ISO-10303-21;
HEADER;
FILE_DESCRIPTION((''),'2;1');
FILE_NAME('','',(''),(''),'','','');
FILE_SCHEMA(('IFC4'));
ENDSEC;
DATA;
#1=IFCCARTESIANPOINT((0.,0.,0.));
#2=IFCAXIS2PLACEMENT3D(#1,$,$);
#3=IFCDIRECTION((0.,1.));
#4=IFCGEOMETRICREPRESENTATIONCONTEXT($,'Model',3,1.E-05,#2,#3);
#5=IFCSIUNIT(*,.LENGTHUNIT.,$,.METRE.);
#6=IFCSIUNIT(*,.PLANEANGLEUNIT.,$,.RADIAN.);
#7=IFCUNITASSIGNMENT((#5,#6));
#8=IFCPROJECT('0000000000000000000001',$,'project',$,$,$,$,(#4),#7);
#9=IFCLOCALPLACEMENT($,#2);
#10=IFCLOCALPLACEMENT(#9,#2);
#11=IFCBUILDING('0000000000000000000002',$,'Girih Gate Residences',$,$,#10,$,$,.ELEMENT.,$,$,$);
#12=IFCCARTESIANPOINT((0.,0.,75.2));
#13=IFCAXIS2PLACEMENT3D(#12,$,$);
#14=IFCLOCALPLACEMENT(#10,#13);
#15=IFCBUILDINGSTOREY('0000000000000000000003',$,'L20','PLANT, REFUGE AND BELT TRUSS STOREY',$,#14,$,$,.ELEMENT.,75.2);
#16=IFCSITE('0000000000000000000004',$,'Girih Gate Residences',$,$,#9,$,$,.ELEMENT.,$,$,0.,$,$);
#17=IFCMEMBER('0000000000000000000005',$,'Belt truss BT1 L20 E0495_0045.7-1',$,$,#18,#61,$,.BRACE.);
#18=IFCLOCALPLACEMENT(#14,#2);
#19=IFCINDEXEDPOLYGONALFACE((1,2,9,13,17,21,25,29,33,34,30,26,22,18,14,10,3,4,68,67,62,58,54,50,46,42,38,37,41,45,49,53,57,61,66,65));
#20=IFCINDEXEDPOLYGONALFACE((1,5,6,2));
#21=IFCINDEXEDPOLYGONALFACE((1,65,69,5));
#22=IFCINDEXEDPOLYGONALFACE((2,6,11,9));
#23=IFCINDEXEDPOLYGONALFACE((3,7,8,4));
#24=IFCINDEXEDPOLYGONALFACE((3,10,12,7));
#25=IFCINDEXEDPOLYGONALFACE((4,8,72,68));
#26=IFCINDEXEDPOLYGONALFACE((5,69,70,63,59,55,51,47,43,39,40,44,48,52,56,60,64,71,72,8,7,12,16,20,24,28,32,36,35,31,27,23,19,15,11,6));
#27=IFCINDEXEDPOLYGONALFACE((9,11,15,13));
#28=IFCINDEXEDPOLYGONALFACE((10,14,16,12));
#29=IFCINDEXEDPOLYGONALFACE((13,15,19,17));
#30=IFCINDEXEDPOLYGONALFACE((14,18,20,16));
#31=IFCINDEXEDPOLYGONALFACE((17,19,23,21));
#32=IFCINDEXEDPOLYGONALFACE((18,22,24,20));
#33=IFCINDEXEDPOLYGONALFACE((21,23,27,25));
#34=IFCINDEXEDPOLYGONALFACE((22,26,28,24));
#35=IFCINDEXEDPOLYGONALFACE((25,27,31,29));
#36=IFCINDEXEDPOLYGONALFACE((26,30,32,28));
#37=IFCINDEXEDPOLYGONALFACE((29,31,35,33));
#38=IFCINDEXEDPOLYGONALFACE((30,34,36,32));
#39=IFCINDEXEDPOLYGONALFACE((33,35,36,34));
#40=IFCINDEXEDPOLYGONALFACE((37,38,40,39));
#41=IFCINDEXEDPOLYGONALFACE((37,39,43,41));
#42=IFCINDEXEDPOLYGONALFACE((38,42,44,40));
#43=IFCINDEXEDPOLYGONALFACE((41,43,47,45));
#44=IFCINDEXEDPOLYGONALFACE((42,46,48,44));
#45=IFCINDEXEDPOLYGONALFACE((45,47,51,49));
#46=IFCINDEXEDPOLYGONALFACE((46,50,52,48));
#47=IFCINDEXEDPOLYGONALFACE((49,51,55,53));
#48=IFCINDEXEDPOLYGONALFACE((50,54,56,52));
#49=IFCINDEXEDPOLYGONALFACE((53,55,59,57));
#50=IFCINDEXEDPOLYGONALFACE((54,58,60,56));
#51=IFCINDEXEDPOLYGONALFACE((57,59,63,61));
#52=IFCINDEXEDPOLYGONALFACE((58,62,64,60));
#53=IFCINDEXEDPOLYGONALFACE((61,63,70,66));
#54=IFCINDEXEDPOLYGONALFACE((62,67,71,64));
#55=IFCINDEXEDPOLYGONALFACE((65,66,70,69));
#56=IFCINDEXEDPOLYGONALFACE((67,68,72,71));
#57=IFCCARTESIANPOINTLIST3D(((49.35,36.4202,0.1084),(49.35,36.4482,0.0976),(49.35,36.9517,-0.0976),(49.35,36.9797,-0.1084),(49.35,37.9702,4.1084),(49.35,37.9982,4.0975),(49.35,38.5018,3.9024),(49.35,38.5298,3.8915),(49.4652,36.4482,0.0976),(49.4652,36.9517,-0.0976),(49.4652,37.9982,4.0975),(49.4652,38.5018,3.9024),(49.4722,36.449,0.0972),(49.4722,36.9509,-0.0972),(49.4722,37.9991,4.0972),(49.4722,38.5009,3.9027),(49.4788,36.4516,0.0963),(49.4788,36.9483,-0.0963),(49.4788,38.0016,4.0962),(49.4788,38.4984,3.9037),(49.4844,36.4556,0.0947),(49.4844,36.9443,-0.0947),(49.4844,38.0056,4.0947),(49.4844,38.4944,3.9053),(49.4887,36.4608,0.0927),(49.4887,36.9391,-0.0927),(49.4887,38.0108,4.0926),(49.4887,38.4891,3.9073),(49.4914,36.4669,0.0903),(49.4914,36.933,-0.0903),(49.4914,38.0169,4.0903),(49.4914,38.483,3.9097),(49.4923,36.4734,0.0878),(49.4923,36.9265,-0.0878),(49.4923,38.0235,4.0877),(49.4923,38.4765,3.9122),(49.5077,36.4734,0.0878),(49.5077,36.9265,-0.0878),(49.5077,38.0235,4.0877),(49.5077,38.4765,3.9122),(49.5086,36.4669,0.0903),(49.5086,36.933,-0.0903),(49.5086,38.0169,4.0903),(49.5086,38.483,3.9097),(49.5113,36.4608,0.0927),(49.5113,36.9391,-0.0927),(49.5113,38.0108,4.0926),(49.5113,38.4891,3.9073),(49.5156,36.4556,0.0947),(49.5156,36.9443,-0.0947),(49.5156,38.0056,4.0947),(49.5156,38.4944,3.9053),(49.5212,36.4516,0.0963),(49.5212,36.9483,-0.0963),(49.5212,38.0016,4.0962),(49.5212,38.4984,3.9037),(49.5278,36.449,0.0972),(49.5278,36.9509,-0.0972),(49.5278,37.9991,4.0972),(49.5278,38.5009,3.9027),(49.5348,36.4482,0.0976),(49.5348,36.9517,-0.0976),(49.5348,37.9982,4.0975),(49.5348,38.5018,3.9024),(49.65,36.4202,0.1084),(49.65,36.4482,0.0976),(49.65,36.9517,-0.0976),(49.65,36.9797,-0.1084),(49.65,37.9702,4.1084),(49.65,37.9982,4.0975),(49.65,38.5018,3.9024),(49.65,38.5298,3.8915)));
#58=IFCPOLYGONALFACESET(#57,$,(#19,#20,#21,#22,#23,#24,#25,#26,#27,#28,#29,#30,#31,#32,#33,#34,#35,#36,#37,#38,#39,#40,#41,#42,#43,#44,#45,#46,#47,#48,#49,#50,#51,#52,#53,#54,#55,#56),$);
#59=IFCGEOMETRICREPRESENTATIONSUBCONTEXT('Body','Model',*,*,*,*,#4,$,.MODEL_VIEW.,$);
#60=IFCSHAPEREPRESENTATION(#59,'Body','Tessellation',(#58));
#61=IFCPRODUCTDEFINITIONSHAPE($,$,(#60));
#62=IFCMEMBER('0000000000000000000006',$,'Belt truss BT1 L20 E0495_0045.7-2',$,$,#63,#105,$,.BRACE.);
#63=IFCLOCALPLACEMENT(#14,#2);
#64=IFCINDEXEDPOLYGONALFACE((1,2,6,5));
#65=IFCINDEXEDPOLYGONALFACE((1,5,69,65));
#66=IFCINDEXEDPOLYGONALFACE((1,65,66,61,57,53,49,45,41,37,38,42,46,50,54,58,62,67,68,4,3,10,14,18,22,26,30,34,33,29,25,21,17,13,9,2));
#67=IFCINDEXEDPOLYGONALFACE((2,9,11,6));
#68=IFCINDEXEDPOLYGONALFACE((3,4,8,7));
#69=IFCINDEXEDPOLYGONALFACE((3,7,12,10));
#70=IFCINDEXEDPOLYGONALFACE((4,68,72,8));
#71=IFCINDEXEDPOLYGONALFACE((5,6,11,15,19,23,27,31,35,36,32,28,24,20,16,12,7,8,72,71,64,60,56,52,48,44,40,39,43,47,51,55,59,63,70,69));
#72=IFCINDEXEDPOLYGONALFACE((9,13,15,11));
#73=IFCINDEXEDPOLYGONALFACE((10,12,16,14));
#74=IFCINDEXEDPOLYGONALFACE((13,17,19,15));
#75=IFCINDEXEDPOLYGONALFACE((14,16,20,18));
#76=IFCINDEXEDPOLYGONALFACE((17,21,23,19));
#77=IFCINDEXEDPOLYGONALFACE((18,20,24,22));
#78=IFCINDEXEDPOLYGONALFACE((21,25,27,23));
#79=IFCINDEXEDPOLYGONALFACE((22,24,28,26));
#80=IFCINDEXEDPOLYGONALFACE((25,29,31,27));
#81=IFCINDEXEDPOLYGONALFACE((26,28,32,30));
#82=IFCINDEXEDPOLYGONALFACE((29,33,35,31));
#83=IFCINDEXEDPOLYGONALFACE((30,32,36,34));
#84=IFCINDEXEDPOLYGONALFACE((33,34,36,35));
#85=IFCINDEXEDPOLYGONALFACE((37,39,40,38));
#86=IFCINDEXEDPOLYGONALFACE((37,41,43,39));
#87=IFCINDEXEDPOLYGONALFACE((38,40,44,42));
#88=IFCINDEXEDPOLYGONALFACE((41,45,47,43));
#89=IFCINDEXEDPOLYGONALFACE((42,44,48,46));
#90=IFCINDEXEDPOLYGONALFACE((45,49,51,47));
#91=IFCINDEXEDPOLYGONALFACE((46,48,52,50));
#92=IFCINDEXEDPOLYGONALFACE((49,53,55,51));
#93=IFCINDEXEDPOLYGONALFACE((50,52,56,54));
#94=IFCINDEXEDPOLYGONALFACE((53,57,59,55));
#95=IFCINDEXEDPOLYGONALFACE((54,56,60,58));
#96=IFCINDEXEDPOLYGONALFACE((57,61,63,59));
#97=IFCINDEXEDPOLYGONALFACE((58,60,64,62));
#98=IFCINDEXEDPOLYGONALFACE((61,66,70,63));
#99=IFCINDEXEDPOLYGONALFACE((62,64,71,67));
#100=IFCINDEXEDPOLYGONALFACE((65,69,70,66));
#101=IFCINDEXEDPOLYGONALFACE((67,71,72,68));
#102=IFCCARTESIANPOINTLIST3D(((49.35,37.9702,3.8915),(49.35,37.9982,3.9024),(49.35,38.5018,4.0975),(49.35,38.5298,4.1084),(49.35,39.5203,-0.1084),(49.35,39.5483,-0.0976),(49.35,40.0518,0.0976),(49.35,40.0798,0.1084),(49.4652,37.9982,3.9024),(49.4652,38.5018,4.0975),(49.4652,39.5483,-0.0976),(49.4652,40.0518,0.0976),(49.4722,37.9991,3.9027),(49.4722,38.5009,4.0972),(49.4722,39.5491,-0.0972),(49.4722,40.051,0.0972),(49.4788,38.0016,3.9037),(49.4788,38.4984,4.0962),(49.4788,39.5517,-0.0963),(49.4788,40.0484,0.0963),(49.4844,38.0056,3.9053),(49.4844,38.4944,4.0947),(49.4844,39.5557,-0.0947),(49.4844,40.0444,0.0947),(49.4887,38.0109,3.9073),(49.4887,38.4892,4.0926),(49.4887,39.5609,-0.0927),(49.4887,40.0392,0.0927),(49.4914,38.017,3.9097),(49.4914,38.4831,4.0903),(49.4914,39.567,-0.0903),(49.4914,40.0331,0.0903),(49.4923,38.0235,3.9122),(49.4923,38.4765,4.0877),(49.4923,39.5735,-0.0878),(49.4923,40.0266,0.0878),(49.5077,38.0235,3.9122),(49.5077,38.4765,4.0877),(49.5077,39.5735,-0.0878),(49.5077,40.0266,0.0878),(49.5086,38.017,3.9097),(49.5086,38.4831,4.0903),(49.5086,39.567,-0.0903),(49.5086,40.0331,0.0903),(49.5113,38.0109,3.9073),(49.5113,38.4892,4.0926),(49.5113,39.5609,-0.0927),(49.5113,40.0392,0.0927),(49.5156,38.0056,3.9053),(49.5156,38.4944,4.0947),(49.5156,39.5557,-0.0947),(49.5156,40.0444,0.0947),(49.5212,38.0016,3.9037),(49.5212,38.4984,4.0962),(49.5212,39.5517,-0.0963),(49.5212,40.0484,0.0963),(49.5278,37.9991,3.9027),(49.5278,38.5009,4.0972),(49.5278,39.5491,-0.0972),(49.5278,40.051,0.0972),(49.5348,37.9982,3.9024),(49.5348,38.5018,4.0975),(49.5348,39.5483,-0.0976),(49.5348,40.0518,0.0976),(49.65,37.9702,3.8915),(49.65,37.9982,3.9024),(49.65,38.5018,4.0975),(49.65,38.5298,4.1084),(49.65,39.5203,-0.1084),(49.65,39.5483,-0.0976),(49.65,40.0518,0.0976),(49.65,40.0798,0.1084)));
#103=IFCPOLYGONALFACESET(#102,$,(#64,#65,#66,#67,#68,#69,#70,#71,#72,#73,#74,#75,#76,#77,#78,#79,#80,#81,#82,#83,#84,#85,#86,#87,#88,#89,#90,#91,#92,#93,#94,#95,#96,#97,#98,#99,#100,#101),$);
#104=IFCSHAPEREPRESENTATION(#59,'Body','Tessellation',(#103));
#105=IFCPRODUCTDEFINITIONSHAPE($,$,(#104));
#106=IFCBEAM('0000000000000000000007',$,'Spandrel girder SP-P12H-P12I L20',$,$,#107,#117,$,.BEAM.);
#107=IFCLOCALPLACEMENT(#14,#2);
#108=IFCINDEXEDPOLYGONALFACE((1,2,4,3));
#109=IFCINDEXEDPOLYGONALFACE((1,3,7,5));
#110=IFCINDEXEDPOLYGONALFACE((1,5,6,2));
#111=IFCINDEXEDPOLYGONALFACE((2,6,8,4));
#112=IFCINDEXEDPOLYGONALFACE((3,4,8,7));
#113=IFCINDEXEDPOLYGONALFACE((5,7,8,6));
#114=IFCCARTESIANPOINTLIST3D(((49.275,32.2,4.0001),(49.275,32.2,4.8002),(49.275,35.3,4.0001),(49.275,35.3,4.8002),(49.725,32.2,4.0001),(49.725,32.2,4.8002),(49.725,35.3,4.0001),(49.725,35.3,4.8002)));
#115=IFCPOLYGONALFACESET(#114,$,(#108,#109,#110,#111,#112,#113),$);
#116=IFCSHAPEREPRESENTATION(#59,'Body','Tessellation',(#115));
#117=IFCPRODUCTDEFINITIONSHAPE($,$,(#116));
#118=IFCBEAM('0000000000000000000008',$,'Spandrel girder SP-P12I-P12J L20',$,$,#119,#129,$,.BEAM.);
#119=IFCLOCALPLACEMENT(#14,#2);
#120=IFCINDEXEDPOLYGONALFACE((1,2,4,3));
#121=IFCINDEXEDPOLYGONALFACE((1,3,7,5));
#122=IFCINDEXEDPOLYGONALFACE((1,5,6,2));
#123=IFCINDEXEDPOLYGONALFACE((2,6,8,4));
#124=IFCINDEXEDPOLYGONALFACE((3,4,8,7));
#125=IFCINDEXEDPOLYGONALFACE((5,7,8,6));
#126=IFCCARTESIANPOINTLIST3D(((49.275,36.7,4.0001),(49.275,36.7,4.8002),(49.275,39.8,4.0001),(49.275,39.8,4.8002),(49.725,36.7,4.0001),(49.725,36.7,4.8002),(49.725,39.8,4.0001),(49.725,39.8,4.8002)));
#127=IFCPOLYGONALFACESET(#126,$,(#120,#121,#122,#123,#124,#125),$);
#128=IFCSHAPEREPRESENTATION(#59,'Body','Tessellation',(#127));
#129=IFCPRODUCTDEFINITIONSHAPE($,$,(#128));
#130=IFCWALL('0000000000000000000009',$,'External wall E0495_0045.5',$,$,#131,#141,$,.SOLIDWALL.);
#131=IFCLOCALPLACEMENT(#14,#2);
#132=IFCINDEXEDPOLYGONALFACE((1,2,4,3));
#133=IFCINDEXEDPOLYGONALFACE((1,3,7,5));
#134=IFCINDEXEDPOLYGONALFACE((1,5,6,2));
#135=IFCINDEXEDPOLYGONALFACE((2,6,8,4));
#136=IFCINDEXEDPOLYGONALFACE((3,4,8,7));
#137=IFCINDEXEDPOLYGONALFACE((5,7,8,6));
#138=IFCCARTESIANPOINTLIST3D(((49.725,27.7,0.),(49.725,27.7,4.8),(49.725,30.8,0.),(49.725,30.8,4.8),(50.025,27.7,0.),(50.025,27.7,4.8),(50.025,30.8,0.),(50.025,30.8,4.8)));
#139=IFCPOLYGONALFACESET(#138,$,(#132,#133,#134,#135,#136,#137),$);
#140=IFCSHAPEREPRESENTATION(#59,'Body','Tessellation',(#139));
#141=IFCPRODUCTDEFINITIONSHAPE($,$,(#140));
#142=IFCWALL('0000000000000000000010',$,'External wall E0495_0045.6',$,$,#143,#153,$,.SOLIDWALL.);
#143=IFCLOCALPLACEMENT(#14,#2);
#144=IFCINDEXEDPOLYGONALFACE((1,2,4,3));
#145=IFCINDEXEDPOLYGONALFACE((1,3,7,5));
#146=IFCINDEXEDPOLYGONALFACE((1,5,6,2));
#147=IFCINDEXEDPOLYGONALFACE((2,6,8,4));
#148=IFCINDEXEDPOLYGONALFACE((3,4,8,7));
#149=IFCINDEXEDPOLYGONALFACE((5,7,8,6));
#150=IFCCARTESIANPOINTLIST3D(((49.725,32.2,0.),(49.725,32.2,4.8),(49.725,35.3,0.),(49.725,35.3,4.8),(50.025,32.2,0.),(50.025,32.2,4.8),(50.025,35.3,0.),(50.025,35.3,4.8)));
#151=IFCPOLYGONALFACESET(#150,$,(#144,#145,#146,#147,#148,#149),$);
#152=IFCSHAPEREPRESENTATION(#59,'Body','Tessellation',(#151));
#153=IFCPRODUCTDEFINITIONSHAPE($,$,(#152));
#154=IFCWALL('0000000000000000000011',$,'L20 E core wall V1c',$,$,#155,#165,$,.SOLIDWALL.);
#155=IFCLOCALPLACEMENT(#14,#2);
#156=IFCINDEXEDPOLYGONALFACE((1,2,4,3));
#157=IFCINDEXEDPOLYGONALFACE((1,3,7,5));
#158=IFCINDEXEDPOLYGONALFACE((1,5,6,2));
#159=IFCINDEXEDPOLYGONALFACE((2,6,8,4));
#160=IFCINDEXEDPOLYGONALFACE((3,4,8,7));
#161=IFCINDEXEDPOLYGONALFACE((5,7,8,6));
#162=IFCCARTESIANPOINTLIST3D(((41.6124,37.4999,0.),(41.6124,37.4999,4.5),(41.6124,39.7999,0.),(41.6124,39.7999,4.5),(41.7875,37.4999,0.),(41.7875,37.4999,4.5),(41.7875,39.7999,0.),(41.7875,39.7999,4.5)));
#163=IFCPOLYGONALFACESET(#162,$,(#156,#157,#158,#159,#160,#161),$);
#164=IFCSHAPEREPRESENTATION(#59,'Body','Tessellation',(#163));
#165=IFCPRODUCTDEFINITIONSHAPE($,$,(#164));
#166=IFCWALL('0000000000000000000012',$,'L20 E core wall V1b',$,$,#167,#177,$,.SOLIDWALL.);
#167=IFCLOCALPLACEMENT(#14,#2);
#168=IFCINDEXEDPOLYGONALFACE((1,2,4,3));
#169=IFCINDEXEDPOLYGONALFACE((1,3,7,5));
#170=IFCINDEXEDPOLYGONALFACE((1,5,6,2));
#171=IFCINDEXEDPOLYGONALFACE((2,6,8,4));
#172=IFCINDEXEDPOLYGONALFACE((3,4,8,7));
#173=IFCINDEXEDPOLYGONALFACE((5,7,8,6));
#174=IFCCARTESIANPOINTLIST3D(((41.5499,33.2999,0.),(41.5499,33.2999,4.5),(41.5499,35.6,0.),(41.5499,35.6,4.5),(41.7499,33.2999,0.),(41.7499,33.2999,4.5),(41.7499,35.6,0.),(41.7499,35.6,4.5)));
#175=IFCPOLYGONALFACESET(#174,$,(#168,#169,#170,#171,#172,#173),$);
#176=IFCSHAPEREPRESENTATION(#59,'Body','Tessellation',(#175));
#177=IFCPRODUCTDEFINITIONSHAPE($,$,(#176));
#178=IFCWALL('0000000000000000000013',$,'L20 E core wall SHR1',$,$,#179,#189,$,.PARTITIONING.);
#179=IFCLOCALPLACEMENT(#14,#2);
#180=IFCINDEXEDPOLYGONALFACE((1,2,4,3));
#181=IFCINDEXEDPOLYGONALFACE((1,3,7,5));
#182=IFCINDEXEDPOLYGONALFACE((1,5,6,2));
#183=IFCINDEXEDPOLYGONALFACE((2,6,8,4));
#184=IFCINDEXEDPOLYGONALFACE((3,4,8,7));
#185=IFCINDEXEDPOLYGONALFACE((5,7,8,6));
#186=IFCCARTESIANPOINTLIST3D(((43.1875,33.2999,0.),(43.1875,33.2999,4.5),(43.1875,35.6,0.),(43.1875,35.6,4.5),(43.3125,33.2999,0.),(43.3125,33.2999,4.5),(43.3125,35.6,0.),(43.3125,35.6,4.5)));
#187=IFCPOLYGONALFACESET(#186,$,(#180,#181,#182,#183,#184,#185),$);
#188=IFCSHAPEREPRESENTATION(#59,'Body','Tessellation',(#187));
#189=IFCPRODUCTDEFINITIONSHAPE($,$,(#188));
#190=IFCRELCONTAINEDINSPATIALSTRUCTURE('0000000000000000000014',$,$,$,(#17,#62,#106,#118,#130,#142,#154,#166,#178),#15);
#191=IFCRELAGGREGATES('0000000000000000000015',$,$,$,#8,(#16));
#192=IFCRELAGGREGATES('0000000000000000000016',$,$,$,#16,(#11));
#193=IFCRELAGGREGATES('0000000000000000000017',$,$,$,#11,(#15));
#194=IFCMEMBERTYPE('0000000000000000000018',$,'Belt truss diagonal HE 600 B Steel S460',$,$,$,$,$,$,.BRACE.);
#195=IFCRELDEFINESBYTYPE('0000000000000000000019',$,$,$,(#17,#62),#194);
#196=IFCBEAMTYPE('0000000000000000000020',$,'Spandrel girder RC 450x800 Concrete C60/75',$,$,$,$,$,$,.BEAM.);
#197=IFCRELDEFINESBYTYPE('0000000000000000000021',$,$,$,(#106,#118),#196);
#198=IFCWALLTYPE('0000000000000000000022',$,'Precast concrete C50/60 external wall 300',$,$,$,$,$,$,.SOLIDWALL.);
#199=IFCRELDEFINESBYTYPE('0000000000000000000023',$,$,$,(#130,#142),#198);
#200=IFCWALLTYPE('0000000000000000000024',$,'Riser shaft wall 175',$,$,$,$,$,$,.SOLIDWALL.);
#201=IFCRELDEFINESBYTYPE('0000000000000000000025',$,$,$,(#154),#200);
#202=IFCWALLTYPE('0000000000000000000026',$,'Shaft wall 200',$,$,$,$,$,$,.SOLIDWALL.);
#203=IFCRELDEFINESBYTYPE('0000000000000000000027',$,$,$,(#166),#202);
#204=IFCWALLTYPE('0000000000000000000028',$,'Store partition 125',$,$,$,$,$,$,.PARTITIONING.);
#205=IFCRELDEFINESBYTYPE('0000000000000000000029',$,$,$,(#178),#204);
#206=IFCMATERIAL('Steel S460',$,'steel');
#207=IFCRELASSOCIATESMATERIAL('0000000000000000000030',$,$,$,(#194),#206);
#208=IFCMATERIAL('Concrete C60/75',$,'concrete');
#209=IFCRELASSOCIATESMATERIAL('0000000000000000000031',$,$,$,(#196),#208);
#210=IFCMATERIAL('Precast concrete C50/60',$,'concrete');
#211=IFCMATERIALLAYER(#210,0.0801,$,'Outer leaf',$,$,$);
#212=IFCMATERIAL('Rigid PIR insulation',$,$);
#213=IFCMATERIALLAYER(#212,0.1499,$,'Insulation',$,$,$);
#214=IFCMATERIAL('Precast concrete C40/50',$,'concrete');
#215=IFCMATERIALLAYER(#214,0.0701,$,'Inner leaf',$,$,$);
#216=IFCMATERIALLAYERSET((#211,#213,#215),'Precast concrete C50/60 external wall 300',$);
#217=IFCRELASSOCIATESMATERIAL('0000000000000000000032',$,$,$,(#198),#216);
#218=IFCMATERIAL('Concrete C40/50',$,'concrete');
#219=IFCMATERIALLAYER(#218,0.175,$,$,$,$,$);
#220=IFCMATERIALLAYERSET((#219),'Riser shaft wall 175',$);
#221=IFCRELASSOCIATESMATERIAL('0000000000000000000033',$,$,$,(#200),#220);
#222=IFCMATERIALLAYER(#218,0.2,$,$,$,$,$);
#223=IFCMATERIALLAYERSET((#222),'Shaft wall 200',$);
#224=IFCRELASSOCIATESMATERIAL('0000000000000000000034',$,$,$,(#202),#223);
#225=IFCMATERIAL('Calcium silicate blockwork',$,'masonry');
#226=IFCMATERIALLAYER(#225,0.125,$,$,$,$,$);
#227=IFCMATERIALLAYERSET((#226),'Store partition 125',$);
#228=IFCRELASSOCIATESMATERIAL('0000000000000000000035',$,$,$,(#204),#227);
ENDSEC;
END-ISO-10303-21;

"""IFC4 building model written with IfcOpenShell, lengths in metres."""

from ifc_helpers import new_model, si_unit, direction, frame, frame_2d, origin, origin_2d, place, context, subcontext, project, spatial, rectangle, i_section, extrude, material, layer, layer_set, material_profile, profile_set, type_object, element, save


model = new_model("IFC4")

# Units and contexts
model_context = context("Model", 3, precision=1e-05, world=origin(), true_north=direction((0.0, 1.0)))
body_context = subcontext(model_context, "Body", "Model", "MODEL_VIEW")
ifc_project = project(units=[si_unit("LENGTHUNIT", "METRE"), si_unit("PLANEANGLEUNIT", "RADIAN")], contexts=[model_context])

# Site, building, storey
site_placement = place(None, origin())
site = spatial("IfcSite", under=ifc_project, at=site_placement, Name="Girih Gate Residences", CompositionType="ELEMENT", RefElevation=0.0)
building_placement = place(site_placement, origin())
building = spatial("IfcBuilding", under=site, at=building_placement, Name="Girih Gate Residences", CompositionType="ELEMENT")
storey_placement = place(building_placement, frame((0.0, 0.0, 75.2)))
storey = spatial("IfcBuildingStorey", under=building, at=storey_placement, Name="L20", Description="PLANT, REFUGE AND BELT TRUSS STOREY", CompositionType="ELEMENT", Elevation=75.2)

# Members
ifc_material_1 = material(Name="Steel S460", Category="steel")
ifc_material_profile_1 = material_profile(ifc_material_1, i_section(OverallWidth=0.3, OverallDepth=0.6001, WebThickness=0.0154, FlangeThickness=0.03, FilletRadius=0.0271, at=origin_2d()))
ifc_profile_set_1 = profile_set([ifc_material_profile_1], Name="Steel S460")
member_type = type_object("IfcMemberType", Name="Belt truss diagonal HE 600 B Steel S460", PredefinedType="BRACE", material=ifc_profile_set_1)
for number, where, z_axis, x_axis, name in (
    (1, (49.5, 36.7, 0.0), (0.0, 0.361331, 0.932438), (-1.0, 0.0, 0.0), "Belt truss BT1 L20 E0495_0045.7-1"),
    (2, (49.5, 39.8, 0.0), (0.0, -0.361331, 0.932438), (1.0, 0.0, 0.0), "Belt truss BT1 L20 E0495_0045.7-2"),
):
    element("IfcMember", number, at=place(storey_placement, frame(where, z_axis=z_axis, x_axis=x_axis)), inside=storey, type_object=member_type, Name=name, PredefinedType="BRACE", context=body_context, shape_type="SweptSolid", body=[
        extrude(i_section(OverallWidth=0.3, OverallDepth=0.6001, WebThickness=0.0154, FlangeThickness=0.03, FilletRadius=0.0271, at=origin_2d()), origin(), (0.0, 0.0, 1.0), 4.2898),
    ])

# Beams
ifc_material_2 = material(Name="Concrete C60/75", Category="concrete")
ifc_material_profile_2 = material_profile(ifc_material_2, rectangle(XDim=0.45, YDim=0.8, at=origin_2d()))
ifc_profile_set_2 = profile_set([ifc_material_profile_2], Name="Concrete C60/75")
beam_type = type_object("IfcBeamType", Name="Spandrel girder RC 450x800 Concrete C60/75", PredefinedType="BEAM", material=ifc_profile_set_2)
for number, where, z_axis, x_axis, name in (
    (3, (49.5, 32.2, 4.4001), (0.0, 1.0, 0.0), (-1.0, 0.0, 0.0), "Spandrel girder SP-P12H-P12I L20"),
    (4, (49.5, 36.7, 4.4001), (0.0, 1.0, 0.0), (-1.0, 0.0, 0.0), "Spandrel girder SP-P12I-P12J L20"),
):
    element("IfcBeam", number, at=place(storey_placement, frame(where, z_axis=z_axis, x_axis=x_axis)), inside=storey, type_object=beam_type, Name=name, PredefinedType="BEAM", context=body_context, shape_type="SweptSolid", body=[
        extrude(rectangle(XDim=0.45, YDim=0.8, at=origin_2d()), origin(), (0.0, 0.0, 1.0), 3.1001),
    ])

# Walls
ifc_material_3 = material(Name="Precast concrete C50/60", Category="concrete")
ifc_layer_1 = layer(ifc_material_3, 0.0801, Name="Outer leaf")
ifc_material_4 = material(Name="Rigid PIR insulation")
ifc_layer_2 = layer(ifc_material_4, 0.1499, Name="Insulation")
ifc_material_5 = material(Name="Precast concrete C40/50", Category="concrete")
ifc_layer_3 = layer(ifc_material_5, 0.0701, Name="Inner leaf")
ifc_layer_set_1 = layer_set([ifc_layer_1, ifc_layer_2, ifc_layer_3], Name="Precast concrete C50/60 external wall 300")
wall_type_1 = type_object("IfcWallType", Name="Precast concrete C50/60 external wall 300", PredefinedType="SOLIDWALL", material=ifc_layer_set_1)
for number, where, z_axis, x_axis, name in (
    (5, (49.875, 30.8, 0.0), (0.0, 0.0, 1.0), (0.0, -1.0, 0.0), "External wall E0495_0045.5"),
    (6, (49.875, 35.3, 0.0), (0.0, 0.0, 1.0), (0.0, -1.0, 0.0), "External wall E0495_0045.6"),
):
    element("IfcWall", number, at=place(storey_placement, frame(where, z_axis=z_axis, x_axis=x_axis)), inside=storey, type_object=wall_type_1, Name=name, PredefinedType="SOLIDWALL", context=body_context, shape_type="SweptSolid", body=[
        extrude(rectangle(XDim=3.1001, YDim=0.3, at=frame_2d((1.55, 0.0))), origin(), (0.0, 0.0, 1.0), 4.8),
    ])
ifc_material_6 = material(Name="Concrete C40/50", Category="concrete")
ifc_layer_4 = layer(ifc_material_6, 0.175)
ifc_layer_set_2 = layer_set([ifc_layer_4], Name="Riser shaft wall 175")
wall_type_2 = type_object("IfcWallType", Name="Riser shaft wall 175", PredefinedType="SOLIDWALL", material=ifc_layer_set_2)
wall_1_placement = place(storey_placement, frame((41.7, 37.5, 0.0), z_axis=(0.0, 0.0, 1.0), x_axis=(0.0, 1.0, 0.0)))
element("IfcWall", 7, at=wall_1_placement, inside=storey, type_object=wall_type_2, Name="L20 E core wall V1c", PredefinedType="SOLIDWALL", context=body_context, shape_type="SweptSolid", body=[
    extrude(rectangle(XDim=2.3, YDim=0.175, at=frame_2d((1.1499, 0.0))), origin(), (0.0, 0.0, 1.0), 4.5),
])
ifc_layer_5 = layer(ifc_material_6, 0.2)
ifc_layer_set_3 = layer_set([ifc_layer_5], Name="Shaft wall 200")
wall_type_3 = type_object("IfcWallType", Name="Shaft wall 200", PredefinedType="SOLIDWALL", material=ifc_layer_set_3)
wall_2_placement = place(storey_placement, frame((41.6499, 33.3, 0.0), z_axis=(0.0, 0.0, 1.0), x_axis=(0.0, 1.0, 0.0)))
element("IfcWall", 8, at=wall_2_placement, inside=storey, type_object=wall_type_3, Name="L20 E core wall V1b", PredefinedType="SOLIDWALL", context=body_context, shape_type="SweptSolid", body=[
    extrude(rectangle(XDim=2.3, YDim=0.2, at=frame_2d((1.1499, 0.0))), origin(), (0.0, 0.0, 1.0), 4.5),
])
ifc_material_7 = material(Name="Calcium silicate blockwork", Category="masonry")
ifc_layer_6 = layer(ifc_material_7, 0.125)
ifc_layer_set_4 = layer_set([ifc_layer_6], Name="Store partition 125")
wall_type_4 = type_object("IfcWallType", Name="Store partition 125", PredefinedType="PARTITIONING", material=ifc_layer_set_4)
wall_3_placement = place(storey_placement, frame((43.25, 33.3, 0.0), z_axis=(0.0, 0.0, 1.0), x_axis=(0.0, 1.0, 0.0)))
element("IfcWall", 9, at=wall_3_placement, inside=storey, type_object=wall_type_4, Name="L20 E core wall SHR1", PredefinedType="PARTITIONING", context=body_context, shape_type="SweptSolid", body=[
    extrude(rectangle(XDim=2.3, YDim=0.125, at=frame_2d((1.1499, 0.0))), origin(), (0.0, 0.0, 1.0), 4.5),
])

save(model, "model.ifc")
